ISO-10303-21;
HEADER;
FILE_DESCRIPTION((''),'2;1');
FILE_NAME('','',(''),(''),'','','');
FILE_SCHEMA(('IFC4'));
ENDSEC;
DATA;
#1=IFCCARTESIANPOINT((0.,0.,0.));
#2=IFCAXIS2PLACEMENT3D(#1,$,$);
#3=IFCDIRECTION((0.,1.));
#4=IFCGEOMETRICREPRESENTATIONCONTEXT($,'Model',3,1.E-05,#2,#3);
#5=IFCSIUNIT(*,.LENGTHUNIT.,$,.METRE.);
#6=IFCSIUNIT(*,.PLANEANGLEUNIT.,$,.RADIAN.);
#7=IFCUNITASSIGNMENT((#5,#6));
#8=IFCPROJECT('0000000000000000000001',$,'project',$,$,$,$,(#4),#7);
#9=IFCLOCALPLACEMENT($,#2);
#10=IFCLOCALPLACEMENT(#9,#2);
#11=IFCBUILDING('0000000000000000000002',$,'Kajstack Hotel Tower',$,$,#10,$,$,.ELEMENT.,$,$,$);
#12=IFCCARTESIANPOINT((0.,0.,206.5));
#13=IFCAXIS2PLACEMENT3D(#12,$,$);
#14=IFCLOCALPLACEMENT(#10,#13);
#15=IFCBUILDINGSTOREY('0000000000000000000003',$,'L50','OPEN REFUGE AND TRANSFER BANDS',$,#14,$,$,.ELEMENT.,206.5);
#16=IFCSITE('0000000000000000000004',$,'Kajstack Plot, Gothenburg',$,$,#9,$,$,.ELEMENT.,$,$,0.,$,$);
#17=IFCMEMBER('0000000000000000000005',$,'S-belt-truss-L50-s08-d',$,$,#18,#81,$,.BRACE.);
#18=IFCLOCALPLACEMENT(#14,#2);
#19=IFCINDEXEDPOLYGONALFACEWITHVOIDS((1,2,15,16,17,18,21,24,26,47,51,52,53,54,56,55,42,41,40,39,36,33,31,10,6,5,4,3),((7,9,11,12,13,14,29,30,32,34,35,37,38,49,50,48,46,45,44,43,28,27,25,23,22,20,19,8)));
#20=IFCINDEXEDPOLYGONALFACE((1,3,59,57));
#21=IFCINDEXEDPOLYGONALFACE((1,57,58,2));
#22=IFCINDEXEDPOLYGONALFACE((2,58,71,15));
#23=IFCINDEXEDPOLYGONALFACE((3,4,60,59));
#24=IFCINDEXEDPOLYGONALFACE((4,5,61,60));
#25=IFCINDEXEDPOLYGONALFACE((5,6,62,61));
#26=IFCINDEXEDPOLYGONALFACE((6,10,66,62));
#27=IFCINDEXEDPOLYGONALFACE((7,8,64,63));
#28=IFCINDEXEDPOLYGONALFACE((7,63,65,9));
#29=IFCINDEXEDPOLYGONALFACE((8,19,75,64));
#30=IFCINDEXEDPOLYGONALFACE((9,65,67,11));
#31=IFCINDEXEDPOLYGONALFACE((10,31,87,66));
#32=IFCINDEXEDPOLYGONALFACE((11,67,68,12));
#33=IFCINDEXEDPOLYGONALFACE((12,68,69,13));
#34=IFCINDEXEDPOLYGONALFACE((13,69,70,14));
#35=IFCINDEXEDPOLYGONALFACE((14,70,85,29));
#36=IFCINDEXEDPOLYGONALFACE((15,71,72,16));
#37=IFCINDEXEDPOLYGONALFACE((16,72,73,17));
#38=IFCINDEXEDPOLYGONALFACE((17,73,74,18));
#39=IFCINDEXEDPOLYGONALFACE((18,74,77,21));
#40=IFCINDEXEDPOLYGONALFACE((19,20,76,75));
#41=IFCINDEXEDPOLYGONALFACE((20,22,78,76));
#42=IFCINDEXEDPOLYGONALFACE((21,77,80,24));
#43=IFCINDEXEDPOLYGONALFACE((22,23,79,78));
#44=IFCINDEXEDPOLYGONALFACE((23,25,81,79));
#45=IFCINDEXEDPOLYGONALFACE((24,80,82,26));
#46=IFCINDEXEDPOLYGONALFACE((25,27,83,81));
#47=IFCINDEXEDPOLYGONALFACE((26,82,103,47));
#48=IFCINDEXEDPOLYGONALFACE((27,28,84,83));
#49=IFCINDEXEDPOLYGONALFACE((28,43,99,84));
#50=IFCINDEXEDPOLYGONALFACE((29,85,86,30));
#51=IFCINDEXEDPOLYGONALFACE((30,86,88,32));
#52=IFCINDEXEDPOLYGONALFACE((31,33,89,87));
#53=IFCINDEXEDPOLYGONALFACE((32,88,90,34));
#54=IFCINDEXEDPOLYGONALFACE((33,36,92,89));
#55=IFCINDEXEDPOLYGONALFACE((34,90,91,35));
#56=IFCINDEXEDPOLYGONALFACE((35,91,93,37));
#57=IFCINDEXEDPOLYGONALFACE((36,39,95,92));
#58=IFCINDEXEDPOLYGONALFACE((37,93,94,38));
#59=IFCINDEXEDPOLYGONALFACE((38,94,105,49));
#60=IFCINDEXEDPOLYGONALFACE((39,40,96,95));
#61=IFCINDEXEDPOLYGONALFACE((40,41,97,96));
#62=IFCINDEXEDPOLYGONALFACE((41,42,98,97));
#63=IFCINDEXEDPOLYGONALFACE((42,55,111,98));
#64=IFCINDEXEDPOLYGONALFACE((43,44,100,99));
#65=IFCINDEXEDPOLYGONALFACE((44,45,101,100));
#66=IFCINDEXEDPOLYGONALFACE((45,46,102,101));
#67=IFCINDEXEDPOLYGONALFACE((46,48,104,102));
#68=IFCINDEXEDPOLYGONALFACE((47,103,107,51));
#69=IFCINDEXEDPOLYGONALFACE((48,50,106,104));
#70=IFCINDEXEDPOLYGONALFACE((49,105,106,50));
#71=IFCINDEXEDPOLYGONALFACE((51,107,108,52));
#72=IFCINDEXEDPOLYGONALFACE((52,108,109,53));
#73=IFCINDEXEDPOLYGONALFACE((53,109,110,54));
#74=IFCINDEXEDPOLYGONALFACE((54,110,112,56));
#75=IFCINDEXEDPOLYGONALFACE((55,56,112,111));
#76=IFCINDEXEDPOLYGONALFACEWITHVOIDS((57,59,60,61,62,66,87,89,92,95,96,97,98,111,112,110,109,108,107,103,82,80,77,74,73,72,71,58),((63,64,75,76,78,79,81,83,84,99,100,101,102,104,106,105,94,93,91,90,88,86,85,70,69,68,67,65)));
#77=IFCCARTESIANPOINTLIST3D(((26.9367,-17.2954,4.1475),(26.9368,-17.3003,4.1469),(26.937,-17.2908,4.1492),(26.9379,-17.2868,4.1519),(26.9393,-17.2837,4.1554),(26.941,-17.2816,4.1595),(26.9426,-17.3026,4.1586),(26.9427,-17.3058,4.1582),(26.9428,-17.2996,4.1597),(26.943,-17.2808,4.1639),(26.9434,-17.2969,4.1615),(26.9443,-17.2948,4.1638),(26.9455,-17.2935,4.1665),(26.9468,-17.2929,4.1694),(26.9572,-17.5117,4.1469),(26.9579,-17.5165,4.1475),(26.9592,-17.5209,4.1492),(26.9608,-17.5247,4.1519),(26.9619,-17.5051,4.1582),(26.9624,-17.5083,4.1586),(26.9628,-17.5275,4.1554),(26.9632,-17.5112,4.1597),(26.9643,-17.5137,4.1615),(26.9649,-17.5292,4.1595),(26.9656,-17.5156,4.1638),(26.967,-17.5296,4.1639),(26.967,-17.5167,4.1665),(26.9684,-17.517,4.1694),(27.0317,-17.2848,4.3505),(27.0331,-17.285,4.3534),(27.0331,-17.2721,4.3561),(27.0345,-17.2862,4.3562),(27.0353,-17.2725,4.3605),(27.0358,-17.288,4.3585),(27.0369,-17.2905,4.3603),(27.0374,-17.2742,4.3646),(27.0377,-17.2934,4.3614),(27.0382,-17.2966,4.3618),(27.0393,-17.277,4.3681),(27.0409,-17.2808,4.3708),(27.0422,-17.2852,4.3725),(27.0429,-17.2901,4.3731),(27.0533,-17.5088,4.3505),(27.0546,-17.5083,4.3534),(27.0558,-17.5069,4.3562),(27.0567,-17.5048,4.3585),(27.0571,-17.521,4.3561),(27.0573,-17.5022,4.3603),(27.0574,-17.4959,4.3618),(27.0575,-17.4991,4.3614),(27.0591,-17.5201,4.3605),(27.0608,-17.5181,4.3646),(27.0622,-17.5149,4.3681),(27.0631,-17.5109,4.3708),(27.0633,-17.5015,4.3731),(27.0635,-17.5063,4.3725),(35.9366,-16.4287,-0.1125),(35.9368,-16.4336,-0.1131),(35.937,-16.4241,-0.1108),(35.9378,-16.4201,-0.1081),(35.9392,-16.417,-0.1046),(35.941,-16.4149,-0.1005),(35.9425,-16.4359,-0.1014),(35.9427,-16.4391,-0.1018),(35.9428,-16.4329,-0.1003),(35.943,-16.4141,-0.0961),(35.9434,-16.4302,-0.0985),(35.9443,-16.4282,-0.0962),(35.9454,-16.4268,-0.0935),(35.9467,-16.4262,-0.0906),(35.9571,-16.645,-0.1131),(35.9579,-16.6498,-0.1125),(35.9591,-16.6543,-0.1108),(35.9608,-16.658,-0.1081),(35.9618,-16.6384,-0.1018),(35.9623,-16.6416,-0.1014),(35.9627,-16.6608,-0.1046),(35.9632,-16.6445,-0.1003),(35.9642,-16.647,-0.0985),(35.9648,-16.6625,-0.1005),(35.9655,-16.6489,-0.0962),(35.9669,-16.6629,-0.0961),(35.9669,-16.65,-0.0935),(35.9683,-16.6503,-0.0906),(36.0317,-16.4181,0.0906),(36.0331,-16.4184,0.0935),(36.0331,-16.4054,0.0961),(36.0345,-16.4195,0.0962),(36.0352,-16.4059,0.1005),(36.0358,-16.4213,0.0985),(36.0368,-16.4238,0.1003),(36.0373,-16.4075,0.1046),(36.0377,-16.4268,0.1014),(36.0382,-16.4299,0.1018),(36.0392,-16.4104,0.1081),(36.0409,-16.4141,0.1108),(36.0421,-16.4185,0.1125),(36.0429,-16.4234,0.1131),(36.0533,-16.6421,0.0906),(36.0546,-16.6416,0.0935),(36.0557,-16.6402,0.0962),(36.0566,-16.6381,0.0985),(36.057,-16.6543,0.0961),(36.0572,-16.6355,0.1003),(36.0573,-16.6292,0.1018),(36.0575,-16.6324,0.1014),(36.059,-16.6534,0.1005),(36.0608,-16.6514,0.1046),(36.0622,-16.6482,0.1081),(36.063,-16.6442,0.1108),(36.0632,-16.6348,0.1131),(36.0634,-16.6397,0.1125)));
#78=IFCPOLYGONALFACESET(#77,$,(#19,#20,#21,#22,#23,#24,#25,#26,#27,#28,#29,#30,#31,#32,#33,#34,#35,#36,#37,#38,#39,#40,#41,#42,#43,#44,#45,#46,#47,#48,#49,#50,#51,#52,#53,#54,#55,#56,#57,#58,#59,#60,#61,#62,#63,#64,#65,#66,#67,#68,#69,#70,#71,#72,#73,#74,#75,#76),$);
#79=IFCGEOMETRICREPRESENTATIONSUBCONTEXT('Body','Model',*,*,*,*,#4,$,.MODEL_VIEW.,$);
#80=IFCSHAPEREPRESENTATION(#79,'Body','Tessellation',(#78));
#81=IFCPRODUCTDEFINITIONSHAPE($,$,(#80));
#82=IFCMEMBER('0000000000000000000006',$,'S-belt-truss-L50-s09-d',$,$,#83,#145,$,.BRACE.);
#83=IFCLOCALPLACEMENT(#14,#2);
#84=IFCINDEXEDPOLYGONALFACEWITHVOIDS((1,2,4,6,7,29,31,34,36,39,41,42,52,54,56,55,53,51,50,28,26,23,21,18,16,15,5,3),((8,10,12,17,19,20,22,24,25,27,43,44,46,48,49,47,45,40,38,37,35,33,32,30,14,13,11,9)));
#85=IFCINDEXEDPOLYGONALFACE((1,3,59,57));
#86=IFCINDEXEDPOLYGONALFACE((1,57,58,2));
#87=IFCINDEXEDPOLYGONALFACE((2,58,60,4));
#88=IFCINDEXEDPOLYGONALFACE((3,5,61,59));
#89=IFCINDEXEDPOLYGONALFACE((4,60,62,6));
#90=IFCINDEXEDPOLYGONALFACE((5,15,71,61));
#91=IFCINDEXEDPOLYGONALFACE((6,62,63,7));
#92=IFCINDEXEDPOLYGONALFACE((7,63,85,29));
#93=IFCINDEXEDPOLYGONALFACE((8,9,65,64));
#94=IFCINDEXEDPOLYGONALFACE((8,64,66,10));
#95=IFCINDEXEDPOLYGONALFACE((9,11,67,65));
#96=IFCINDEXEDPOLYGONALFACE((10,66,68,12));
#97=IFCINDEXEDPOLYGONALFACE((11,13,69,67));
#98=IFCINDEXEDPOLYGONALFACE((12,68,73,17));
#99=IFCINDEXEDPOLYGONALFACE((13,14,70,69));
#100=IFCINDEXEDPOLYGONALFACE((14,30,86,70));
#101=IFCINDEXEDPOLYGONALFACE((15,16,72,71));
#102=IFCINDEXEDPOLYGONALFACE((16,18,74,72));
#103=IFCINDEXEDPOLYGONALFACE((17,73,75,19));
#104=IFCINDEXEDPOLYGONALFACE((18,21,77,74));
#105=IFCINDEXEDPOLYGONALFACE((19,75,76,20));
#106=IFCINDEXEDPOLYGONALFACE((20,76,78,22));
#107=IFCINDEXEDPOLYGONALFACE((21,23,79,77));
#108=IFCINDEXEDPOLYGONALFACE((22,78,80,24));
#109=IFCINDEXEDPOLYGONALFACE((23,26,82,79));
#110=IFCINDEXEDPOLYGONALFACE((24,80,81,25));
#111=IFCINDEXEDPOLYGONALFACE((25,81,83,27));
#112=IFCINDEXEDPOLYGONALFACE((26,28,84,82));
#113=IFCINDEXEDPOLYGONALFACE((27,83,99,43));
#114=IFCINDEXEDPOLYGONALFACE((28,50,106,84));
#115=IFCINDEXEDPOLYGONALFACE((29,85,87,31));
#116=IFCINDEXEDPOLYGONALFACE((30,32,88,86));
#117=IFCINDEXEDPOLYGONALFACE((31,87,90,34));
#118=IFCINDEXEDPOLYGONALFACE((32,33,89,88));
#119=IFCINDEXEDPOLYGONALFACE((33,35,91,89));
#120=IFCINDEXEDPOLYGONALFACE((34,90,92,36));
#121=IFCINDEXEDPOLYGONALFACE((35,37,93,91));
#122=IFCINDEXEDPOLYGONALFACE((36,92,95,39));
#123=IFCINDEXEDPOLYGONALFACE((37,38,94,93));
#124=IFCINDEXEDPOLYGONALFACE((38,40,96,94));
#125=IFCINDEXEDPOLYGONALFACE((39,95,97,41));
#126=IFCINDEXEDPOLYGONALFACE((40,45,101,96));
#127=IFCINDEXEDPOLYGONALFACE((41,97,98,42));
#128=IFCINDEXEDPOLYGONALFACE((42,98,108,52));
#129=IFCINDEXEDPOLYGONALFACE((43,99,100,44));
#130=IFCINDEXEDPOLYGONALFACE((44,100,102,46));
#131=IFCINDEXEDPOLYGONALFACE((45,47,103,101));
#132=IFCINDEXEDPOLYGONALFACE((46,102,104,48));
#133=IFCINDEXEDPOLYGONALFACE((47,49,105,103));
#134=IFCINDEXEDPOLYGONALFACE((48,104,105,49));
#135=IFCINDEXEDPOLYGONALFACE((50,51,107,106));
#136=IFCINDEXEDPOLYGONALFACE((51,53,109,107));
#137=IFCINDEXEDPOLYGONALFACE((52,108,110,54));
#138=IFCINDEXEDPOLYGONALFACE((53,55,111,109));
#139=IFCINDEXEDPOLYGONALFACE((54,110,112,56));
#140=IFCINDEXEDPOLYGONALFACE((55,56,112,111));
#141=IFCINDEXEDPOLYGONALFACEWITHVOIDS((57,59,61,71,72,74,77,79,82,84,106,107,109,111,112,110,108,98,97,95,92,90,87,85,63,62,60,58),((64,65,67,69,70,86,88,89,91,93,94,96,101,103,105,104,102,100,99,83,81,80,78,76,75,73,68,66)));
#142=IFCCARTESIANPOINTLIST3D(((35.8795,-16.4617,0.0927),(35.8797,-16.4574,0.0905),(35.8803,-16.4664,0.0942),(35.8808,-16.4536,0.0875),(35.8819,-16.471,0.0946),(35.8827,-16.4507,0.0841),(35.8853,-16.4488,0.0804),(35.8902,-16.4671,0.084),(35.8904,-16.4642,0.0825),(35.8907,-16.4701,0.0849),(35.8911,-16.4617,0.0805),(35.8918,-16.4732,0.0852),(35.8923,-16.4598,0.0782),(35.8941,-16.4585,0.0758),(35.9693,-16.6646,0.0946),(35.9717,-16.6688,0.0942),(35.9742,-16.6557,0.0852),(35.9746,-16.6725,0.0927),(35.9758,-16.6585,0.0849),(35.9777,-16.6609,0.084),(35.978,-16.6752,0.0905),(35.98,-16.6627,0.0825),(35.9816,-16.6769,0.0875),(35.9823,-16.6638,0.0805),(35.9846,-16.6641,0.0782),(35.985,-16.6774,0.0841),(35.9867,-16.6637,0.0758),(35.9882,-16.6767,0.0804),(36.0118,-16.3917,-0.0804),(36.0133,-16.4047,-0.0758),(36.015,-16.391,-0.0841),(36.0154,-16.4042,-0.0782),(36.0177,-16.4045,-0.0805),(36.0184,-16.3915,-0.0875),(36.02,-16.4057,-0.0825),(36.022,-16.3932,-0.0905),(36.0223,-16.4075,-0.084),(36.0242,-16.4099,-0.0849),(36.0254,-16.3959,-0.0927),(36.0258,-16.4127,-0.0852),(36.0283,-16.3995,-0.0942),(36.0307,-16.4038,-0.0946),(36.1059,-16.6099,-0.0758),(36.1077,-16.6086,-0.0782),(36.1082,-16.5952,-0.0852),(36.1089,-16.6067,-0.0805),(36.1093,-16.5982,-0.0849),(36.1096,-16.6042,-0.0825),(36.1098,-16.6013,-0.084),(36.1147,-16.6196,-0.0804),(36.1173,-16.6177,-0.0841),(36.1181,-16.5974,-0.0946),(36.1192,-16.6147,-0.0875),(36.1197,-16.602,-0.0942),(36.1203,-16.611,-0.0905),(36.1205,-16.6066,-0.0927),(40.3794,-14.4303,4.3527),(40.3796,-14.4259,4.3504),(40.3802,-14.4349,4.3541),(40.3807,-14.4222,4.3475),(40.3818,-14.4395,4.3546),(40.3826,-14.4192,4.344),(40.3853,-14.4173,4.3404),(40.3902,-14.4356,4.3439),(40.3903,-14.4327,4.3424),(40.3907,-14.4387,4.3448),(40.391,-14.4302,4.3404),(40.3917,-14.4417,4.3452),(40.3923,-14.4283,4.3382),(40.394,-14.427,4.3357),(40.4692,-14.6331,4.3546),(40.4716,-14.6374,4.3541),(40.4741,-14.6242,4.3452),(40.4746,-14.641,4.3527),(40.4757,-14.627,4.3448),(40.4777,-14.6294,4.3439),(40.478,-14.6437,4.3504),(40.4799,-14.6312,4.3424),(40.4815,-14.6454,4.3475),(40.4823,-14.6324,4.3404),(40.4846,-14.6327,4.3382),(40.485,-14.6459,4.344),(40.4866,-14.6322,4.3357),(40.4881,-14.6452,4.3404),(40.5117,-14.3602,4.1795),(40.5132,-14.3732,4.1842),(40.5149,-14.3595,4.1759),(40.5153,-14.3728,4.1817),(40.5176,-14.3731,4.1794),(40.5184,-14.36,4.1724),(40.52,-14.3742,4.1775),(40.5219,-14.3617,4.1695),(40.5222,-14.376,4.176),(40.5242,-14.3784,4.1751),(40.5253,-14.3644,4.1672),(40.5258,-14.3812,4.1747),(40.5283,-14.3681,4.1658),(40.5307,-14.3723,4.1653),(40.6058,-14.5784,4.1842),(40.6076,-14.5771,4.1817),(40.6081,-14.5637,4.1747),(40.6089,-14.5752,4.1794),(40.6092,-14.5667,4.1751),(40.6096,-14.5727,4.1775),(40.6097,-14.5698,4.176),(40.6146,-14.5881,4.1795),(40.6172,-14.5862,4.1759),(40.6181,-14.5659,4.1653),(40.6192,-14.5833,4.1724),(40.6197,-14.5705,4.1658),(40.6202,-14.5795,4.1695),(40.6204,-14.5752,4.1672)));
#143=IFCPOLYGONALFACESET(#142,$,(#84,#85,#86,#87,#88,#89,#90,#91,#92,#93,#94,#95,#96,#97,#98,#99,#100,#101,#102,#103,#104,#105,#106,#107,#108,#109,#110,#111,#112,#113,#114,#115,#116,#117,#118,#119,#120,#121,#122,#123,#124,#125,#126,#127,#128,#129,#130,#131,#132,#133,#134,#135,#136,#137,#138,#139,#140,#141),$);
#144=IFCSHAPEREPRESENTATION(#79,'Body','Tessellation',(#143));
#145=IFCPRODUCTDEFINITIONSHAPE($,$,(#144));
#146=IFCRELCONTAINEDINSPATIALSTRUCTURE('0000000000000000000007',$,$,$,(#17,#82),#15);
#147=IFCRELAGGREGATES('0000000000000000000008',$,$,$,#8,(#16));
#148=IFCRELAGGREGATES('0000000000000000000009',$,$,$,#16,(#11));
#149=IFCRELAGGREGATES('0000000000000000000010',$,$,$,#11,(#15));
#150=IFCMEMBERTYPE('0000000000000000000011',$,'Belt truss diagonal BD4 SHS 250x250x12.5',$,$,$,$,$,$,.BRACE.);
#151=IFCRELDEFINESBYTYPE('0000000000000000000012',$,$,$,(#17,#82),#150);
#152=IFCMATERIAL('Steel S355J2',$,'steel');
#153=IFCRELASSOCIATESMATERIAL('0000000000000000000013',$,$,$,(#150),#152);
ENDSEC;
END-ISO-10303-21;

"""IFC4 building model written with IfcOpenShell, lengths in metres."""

from ifc_helpers import new_model, si_unit, direction, frame, origin, origin_2d, place, context, subcontext, project, spatial, hollow_rectangle, extrude, material, material_profile, profile_set, type_object, element, save


model = new_model("IFC4")

# Units and contexts
model_context = context("Model", 3, precision=1e-05, world=origin(), true_north=direction((0.0, 1.0)))
body_context = subcontext(model_context, "Body", "Model", "MODEL_VIEW")
ifc_project = project(units=[si_unit("LENGTHUNIT", "METRE"), si_unit("PLANEANGLEUNIT", "RADIAN")], contexts=[model_context])

# Site, building, storey
site_placement = place(None, origin())
site = spatial("IfcSite", under=ifc_project, at=site_placement, Name="Kajstack Plot, Gothenburg", CompositionType="ELEMENT", RefElevation=0.0)
building_placement = place(site_placement, origin())
building = spatial("IfcBuilding", under=site, at=building_placement, Name="Kajstack Hotel Tower", CompositionType="ELEMENT")
storey_placement = place(building_placement, frame((0.0, 0.0, 206.5)))
storey = spatial("IfcBuildingStorey", under=building, at=storey_placement, Name="L50", Description="OPEN REFUGE AND TRANSFER BANDS", CompositionType="ELEMENT", Elevation=206.5)

# Members
ifc_material = material(Name="Steel S355J2", Category="steel")
ifc_material_profile_1 = material_profile(ifc_material, hollow_rectangle(XDim=0.25, YDim=0.25, WallThickness=0.0125, InnerFilletRadius=0.0125, OuterFilletRadius=0.0188, at=origin_2d()), Name="SHS 250x250x12.5")
ifc_profile_set_1 = profile_set([ifc_material_profile_1], Name="Steel S355J2")
member_type_1 = type_object("IfcMemberType", Name="Belt truss diagonal BD4 SHS 250x250x12.5", PredefinedType="BRACE", material=ifc_profile_set_1)
member_1_placement = place(storey_placement, frame((36.0, -16.5342, 0.0), z_axis=(-0.900456, -0.086714, 0.426217), x_axis=(0.095856, -0.995395, 0.0)))
element("IfcMember", 1, at=member_1_placement, inside=storey, type_object=member_type_1, Name="S-belt-truss-L50-s08-d", PredefinedType="BRACE", context=body_context, shape_type="SweptSolid", body=[
    extrude(hollow_rectangle(XDim=0.25, YDim=0.25, WallThickness=0.0125, InnerFilletRadius=0.0125, OuterFilletRadius=0.0188, at=origin_2d()), origin(), (0.0, 0.0, 1.0), 9.9949),
])
member_2_placement = place(storey_placement, frame((36.0, -16.5342, 0.0), z_axis=(0.690068, 0.311527, 0.653266), x_axis=(-0.411458, 0.911429, 0.0)))
element("IfcMember", 2, at=member_2_placement, inside=storey, type_object=member_type_1, Name="S-belt-truss-L50-s09-d", PredefinedType="BRACE", context=body_context, shape_type="SweptSolid", body=[
    extrude(hollow_rectangle(XDim=0.25, YDim=0.25, WallThickness=0.0125, InnerFilletRadius=0.0125, OuterFilletRadius=0.0188, at=origin_2d()), origin(), (0.0, 0.0, 1.0), 6.521),
])

save(model, "model.ifc")
